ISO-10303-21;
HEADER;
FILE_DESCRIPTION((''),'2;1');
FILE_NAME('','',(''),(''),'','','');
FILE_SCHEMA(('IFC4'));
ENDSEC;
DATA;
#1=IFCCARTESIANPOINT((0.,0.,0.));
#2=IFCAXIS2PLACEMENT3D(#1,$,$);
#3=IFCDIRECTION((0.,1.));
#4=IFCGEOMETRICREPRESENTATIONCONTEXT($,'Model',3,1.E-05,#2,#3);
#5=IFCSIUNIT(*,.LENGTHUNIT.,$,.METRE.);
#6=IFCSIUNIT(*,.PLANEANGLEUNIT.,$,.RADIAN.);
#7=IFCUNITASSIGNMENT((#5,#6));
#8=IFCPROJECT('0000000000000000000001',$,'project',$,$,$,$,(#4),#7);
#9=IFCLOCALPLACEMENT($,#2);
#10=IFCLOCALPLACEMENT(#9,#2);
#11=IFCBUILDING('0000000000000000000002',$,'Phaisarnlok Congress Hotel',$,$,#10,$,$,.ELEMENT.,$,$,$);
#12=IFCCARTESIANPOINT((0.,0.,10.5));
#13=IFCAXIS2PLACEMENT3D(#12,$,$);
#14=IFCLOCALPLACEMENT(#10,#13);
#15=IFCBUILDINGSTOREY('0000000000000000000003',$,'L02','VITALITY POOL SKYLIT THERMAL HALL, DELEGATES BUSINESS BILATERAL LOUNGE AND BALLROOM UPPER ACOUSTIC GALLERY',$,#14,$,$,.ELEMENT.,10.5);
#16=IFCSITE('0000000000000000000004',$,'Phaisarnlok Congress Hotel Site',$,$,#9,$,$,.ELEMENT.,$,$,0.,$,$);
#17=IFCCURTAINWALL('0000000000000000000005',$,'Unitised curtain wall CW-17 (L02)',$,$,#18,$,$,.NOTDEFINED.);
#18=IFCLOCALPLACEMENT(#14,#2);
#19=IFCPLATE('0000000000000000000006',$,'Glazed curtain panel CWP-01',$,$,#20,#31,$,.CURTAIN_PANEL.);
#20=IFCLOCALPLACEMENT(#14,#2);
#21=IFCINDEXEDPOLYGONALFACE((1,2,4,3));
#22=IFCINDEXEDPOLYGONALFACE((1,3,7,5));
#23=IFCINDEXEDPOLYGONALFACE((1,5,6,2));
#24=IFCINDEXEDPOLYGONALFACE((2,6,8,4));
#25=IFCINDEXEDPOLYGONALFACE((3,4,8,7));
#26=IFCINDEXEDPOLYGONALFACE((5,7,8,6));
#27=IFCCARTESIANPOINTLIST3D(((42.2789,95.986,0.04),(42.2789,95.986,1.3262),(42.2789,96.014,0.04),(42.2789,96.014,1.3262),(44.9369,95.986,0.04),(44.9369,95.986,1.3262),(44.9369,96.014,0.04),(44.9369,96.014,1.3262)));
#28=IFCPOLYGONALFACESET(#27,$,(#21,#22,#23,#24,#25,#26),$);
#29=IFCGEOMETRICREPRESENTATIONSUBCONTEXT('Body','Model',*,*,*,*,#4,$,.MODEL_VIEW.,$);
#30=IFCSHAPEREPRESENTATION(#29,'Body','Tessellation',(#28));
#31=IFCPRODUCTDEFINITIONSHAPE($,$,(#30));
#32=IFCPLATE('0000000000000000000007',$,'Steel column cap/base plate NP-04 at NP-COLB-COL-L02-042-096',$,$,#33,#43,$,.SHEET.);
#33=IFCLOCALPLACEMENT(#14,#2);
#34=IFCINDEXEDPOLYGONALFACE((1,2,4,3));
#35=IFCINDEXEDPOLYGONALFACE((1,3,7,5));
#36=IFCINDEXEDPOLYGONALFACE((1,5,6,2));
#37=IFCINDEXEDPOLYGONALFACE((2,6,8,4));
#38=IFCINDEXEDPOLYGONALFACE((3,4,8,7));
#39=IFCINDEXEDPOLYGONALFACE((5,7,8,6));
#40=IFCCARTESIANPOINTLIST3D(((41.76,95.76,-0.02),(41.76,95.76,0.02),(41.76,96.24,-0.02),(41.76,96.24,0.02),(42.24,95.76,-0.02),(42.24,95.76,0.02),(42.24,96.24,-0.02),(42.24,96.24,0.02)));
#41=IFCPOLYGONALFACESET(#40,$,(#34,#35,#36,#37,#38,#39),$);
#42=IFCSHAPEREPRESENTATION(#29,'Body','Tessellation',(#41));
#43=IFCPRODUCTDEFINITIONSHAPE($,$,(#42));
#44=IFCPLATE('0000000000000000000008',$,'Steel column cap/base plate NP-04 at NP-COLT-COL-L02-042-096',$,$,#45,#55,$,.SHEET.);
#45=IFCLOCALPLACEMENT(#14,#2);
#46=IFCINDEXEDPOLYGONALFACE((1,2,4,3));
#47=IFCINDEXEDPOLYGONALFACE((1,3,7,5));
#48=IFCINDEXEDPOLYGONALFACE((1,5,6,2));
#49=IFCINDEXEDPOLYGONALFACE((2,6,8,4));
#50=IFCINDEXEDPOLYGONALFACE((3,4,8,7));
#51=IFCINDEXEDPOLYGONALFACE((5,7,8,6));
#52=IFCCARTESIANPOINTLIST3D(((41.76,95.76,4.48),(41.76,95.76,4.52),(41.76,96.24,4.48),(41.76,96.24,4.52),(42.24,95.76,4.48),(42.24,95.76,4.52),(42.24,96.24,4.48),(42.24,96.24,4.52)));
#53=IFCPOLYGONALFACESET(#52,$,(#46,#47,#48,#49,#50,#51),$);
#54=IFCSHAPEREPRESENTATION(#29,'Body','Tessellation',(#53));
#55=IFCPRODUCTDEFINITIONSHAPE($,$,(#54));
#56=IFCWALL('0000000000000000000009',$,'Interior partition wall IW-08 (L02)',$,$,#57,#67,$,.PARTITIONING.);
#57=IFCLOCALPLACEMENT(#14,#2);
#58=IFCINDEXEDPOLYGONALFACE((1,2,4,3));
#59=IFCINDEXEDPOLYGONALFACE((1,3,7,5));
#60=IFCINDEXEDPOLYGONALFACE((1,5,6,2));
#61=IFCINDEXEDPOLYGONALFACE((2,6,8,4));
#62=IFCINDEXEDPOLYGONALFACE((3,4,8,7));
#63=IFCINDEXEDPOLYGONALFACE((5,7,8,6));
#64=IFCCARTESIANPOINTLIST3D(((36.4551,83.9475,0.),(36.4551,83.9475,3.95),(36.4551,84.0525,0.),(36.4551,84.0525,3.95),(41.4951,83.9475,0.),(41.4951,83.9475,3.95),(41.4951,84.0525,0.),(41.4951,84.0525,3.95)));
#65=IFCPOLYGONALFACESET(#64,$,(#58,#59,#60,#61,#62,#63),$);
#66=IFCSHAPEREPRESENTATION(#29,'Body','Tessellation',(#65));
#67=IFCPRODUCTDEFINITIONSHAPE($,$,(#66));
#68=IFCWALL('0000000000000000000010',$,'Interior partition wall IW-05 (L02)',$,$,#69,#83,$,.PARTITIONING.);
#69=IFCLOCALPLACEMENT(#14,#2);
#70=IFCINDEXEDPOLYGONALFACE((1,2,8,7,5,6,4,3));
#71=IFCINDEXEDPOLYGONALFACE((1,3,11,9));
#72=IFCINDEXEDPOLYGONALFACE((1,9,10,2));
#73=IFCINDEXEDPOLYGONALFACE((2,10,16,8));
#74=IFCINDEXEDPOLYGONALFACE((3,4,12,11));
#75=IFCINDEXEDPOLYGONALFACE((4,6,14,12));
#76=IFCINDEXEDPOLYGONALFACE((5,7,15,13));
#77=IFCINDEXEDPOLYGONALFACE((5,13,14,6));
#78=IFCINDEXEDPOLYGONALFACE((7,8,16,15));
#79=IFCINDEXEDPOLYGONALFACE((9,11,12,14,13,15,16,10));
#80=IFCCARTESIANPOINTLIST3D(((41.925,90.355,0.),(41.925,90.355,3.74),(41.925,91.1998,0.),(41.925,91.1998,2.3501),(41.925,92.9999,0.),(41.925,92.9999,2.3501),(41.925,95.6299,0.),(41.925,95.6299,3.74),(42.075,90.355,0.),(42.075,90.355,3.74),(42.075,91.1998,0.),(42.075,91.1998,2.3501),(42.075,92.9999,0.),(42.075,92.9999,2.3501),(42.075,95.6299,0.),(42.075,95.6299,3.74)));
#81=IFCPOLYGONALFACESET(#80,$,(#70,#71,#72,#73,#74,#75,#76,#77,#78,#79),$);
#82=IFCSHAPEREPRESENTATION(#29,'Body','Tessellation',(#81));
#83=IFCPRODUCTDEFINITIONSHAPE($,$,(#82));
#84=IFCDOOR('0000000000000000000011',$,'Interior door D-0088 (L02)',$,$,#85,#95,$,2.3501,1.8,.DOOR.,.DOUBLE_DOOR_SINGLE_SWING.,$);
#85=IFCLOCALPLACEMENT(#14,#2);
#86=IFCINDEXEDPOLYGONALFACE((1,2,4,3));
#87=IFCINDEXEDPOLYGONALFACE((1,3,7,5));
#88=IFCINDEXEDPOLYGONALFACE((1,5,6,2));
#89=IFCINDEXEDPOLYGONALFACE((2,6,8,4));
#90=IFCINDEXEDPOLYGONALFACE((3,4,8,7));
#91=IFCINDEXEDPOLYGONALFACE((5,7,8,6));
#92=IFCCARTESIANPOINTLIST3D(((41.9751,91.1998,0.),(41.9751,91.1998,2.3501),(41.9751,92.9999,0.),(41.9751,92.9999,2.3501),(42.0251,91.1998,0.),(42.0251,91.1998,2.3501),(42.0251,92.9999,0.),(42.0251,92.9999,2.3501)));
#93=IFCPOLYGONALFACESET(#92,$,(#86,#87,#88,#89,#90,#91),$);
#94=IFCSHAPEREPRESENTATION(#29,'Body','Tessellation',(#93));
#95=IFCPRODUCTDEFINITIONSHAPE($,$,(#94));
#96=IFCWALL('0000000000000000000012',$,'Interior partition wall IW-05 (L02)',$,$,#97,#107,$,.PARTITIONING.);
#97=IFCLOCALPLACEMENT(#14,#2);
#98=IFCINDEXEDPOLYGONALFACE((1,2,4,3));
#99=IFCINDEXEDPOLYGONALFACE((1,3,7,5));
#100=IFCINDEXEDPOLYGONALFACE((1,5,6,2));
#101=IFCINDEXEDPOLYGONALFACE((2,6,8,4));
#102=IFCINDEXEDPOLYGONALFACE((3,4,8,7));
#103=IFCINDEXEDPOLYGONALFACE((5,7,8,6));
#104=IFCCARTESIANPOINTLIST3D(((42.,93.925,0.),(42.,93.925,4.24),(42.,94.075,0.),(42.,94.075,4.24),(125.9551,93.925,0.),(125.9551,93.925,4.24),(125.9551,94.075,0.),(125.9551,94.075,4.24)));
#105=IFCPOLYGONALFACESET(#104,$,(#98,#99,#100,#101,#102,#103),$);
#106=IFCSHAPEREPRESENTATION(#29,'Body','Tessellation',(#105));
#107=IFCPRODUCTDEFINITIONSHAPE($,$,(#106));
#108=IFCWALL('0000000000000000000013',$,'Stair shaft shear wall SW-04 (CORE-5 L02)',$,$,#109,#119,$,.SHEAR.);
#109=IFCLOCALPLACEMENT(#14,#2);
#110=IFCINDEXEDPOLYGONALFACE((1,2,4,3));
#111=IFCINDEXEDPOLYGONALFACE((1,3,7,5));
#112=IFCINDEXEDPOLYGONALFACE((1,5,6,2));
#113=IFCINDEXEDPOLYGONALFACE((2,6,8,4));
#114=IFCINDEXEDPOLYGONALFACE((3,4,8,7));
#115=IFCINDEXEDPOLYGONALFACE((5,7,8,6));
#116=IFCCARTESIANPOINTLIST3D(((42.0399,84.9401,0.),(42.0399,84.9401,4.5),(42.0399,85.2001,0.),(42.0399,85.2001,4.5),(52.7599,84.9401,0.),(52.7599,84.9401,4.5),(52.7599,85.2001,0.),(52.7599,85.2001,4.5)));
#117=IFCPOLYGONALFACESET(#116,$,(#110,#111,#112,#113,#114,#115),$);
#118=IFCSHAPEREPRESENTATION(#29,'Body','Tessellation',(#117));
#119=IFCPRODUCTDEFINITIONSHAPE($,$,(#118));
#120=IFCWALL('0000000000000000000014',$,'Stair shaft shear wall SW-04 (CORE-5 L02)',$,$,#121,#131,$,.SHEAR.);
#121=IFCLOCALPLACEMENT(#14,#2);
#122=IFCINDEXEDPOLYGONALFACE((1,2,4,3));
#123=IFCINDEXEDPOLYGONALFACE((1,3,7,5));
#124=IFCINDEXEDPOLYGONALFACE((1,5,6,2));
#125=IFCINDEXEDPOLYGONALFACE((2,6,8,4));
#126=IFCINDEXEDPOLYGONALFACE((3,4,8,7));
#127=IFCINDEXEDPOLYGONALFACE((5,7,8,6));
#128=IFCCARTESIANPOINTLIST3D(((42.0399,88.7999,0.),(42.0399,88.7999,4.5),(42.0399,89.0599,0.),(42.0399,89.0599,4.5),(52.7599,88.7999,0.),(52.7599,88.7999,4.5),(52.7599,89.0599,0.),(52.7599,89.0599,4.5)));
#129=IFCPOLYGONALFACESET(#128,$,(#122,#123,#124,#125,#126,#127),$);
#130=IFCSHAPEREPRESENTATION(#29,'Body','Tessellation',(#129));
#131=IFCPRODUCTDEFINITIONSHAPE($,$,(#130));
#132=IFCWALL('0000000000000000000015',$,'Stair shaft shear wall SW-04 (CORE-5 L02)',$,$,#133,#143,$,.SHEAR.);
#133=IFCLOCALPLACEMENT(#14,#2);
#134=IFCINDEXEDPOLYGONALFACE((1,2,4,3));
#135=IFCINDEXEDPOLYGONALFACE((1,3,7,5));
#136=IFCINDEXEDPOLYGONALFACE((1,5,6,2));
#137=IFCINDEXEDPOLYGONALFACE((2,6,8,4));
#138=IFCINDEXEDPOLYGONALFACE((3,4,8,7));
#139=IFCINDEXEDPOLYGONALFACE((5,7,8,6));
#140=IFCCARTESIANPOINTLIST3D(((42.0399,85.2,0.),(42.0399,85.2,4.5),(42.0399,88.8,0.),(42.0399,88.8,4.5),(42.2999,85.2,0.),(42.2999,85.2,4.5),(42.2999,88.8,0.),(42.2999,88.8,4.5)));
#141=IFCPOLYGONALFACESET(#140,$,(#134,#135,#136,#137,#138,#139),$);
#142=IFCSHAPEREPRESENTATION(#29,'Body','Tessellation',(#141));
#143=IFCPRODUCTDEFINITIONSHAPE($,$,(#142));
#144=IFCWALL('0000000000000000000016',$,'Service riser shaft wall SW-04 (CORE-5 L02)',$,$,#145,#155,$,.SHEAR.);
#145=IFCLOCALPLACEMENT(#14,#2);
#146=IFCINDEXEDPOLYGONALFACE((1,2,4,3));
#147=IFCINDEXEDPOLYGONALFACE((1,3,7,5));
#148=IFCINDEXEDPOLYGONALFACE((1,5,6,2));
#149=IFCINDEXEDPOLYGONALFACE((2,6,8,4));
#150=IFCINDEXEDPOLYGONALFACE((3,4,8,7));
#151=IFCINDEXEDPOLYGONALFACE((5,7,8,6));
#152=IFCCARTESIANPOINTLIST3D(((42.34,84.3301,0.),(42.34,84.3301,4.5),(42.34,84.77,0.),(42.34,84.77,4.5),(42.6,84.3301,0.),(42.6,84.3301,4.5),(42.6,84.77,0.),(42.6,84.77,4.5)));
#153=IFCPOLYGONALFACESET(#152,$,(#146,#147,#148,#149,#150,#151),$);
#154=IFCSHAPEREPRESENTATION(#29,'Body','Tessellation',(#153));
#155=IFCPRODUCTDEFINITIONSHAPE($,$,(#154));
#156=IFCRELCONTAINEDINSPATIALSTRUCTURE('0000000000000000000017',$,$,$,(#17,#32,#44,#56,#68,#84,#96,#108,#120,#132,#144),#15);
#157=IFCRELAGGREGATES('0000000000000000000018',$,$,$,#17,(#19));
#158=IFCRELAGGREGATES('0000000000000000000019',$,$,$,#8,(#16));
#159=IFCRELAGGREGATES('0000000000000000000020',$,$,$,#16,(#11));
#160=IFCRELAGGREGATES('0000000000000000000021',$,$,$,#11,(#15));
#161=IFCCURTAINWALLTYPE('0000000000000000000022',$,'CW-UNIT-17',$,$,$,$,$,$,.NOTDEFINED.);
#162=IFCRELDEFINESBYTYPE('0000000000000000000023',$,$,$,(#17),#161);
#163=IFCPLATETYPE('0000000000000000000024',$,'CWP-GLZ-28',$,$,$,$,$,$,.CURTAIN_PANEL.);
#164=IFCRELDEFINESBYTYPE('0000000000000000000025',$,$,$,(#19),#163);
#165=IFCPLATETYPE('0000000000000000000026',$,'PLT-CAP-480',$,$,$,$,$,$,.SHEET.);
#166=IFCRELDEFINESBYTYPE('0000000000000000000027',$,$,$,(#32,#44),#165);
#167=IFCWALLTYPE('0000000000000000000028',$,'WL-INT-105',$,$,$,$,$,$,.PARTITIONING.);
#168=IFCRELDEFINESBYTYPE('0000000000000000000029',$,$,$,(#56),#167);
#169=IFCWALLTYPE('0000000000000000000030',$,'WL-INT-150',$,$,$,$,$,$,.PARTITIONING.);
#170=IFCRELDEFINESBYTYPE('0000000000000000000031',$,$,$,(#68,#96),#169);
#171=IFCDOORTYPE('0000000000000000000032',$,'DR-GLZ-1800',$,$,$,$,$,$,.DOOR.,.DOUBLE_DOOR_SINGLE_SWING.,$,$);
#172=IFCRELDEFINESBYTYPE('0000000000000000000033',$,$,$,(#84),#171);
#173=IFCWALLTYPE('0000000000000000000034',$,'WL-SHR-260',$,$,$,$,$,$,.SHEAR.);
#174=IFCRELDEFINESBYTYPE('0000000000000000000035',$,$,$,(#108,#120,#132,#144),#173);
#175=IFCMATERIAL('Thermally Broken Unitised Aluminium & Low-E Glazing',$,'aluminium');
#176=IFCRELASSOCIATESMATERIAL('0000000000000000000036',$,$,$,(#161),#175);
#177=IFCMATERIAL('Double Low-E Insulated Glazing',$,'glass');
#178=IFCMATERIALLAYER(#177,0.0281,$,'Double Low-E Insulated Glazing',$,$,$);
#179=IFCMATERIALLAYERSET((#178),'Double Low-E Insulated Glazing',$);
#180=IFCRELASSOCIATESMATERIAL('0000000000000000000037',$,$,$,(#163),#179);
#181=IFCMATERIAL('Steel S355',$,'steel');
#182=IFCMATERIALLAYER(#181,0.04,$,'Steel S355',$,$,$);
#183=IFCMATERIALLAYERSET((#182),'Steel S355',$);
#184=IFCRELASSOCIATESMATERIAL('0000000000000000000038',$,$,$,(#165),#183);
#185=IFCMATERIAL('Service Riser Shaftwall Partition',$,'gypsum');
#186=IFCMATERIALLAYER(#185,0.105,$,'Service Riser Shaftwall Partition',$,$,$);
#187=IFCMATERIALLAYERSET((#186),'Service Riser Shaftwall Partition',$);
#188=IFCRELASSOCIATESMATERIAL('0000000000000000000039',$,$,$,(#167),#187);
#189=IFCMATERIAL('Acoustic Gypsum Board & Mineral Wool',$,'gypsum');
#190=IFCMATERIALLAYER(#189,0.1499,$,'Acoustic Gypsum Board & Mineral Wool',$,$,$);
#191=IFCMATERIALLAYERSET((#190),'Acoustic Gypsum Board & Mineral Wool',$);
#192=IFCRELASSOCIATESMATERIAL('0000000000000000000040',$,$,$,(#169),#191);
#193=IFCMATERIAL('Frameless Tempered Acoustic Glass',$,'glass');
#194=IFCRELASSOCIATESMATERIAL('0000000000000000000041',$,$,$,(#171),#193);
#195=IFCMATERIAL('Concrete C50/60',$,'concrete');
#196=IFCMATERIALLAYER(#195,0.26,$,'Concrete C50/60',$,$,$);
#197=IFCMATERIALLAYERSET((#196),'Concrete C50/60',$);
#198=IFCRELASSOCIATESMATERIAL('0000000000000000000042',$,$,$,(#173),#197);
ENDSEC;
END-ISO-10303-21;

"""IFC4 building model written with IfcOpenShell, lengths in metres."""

from ifc_helpers import new_model, si_unit, direction, frame, frame_2d, origin, origin_2d, place, context, subcontext, project, spatial, rectangle, extrude, material, layer, layer_set, type_object, element, fill, aggregate, save


model = new_model("IFC4")

# Units and contexts
model_context = context("Model", 3, precision=1e-05, world=origin(), true_north=direction((0.0, 1.0)))
body_context = subcontext(model_context, "Body", "Model", "MODEL_VIEW")
ifc_project = project(units=[si_unit("LENGTHUNIT", "METRE"), si_unit("PLANEANGLEUNIT", "RADIAN")], contexts=[model_context])

# Site, building, storey
site_placement = place(None, origin())
site = spatial("IfcSite", under=ifc_project, at=site_placement, Name="Phaisarnlok Congress Hotel Site", CompositionType="ELEMENT", RefElevation=0.0)
building_placement = place(site_placement, origin())
building = spatial("IfcBuilding", under=site, at=building_placement, Name="Phaisarnlok Congress Hotel", CompositionType="ELEMENT")
storey_placement = place(building_placement, frame((0.0, 0.0, 10.5)))
storey = spatial("IfcBuildingStorey", under=building, at=storey_placement, Name="L02", Description="VITALITY POOL SKYLIT THERMAL HALL, DELEGATES BUSINESS BILATERAL LOUNGE AND BALLROOM UPPER ACOUSTIC GALLERY", CompositionType="ELEMENT", Elevation=10.5)

# Shared definitions
ifc_material_1 = material(Name="Concrete C50/60", Category="concrete")
ifc_material_2 = material(Name="Steel S355", Category="steel")

# Curtain wall
ifc_material_3 = material(Name="Thermally Broken Unitised Aluminium & Low-E Glazing", Category="aluminium")
curtain_wall_type = type_object("IfcCurtainWallType", Name="CW-UNIT-17", PredefinedType="NOTDEFINED", material=ifc_material_3)
curtain_wall_placement = place(storey_placement, origin())
curtain_wall = element("IfcCurtainWall", 1, at=curtain_wall_placement, inside=storey, type_object=curtain_wall_type, Name="Unitised curtain wall CW-17 (L02)", PredefinedType="NOTDEFINED")

# Plate
ifc_material_4 = material(Name="Double Low-E Insulated Glazing", Category="glass")
ifc_layer_1 = layer(ifc_material_4, 0.0281, Name="Double Low-E Insulated Glazing")
ifc_layer_set_1 = layer_set([ifc_layer_1], Name="Double Low-E Insulated Glazing")
plate_type_1 = type_object("IfcPlateType", Name="CWP-GLZ-28", PredefinedType="CURTAIN_PANEL", material=ifc_layer_set_1)
plate_placement = place(storey_placement, frame((44.937, 96.0, 0.04), z_axis=(0.0, 0.0, 1.0), x_axis=(-1.0, 0.0, 0.0)))
plate = element("IfcPlate", 2, at=plate_placement, type_object=plate_type_1, Name="Glazed curtain panel CWP-01", PredefinedType="CURTAIN_PANEL", context=body_context, shape_type="SweptSolid", body=[
    extrude(rectangle(XDim=2.658, YDim=0.0281, at=frame_2d((1.3291, 0.0))), origin(), (0.0, 0.0, 1.0), 1.2861),
])
aggregate(curtain_wall, [plate])

# Plates
ifc_layer_2 = layer(ifc_material_2, 0.04, Name="Steel S355")
ifc_layer_set_2 = layer_set([ifc_layer_2], Name="Steel S355")
plate_type_2 = type_object("IfcPlateType", Name="PLT-CAP-480", PredefinedType="SHEET", material=ifc_layer_set_2)
for number, where, z_axis, x_axis, name in (
    (3, (42.0, 96.0, -0.02), (0.0, 0.0, 1.0), (1.0, 0.0, 0.0), "Steel column cap/base plate NP-04 at NP-COLB-COL-L02-042-096"),
    (4, (42.0, 96.0, 4.48), (0.0, 0.0, 1.0), (1.0, 0.0, 0.0), "Steel column cap/base plate NP-04 at NP-COLT-COL-L02-042-096"),
):
    element("IfcPlate", number, at=place(storey_placement, frame(where, z_axis=z_axis, x_axis=x_axis)), inside=storey, type_object=plate_type_2, Name=name, PredefinedType="SHEET", context=body_context, shape_type="SweptSolid", body=[
        extrude(rectangle(XDim=0.48, YDim=0.48, at=origin_2d()), origin(), (0.0, 0.0, 1.0), 0.04),
    ])

# Wall
ifc_material_5 = material(Name="Service Riser Shaftwall Partition", Category="gypsum")
ifc_layer_3 = layer(ifc_material_5, 0.105, Name="Service Riser Shaftwall Partition")
ifc_layer_set_3 = layer_set([ifc_layer_3], Name="Service Riser Shaftwall Partition")
wall_type_1 = type_object("IfcWallType", Name="WL-INT-105", PredefinedType="PARTITIONING", material=ifc_layer_set_3)
wall_1_placement = place(storey_placement, frame((36.4551, 84.0, 0.0), z_axis=(0.0, 0.0, 1.0), x_axis=(1.0, 0.0, 0.0)))
element("IfcWall", 5, at=wall_1_placement, inside=storey, type_object=wall_type_1, Name="Interior partition wall IW-08 (L02)", PredefinedType="PARTITIONING", context=body_context, shape_type="SweptSolid", body=[
    extrude(rectangle(XDim=5.04, YDim=0.105, at=frame_2d((2.52, 0.0))), origin(), (0.0, 0.0, 1.0), 3.95),
])

# Wall, opening, door
ifc_material_6 = material(Name="Acoustic Gypsum Board & Mineral Wool", Category="gypsum")
ifc_layer_4 = layer(ifc_material_6, 0.1499, Name="Acoustic Gypsum Board & Mineral Wool")
ifc_layer_set_4 = layer_set([ifc_layer_4], Name="Acoustic Gypsum Board & Mineral Wool")
wall_type_2 = type_object("IfcWallType", Name="WL-INT-150", PredefinedType="PARTITIONING", material=ifc_layer_set_4)
wall_2_placement = place(storey_placement, frame((42.0, 90.355, 0.0), z_axis=(0.0, 0.0, 1.0), x_axis=(0.0, 1.0, 0.0)))
wall_2 = element("IfcWall", 6, at=wall_2_placement, inside=storey, type_object=wall_type_2, Name="Interior partition wall IW-05 (L02)", PredefinedType="PARTITIONING", context=body_context, shape_type="SweptSolid", body=[
    extrude(rectangle(XDim=5.2749, YDim=0.1499, at=frame_2d((2.6375, 0.0))), origin(), (0.0, 0.0, 1.0), 3.74),
])
opening_placement = place(wall_2_placement, frame((0.845, 0.0, 0.0)))
opening = element("IfcOpeningElement", 7, at=opening_placement, cuts=wall_2, PredefinedType="OPENING", context=body_context, shape_type="SweptSolid", body=[
    extrude(rectangle(XDim=1.8, YDim=2.3501, at=frame_2d((0.8999, 1.175))), frame((0.0, 0.085, 0.0), z_axis=(0.0, -1.0, 0.0), x_axis=(1.0, 0.0, 0.0)), (0.0, 0.0, 1.0), 0.1699),
])
ifc_material_7 = material(Name="Frameless Tempered Acoustic Glass", Category="glass")
door_type = type_object("IfcDoorType", Name="DR-GLZ-1800", OperationType="DOUBLE_DOOR_SINGLE_SWING", PredefinedType="DOOR", material=ifc_material_7)
door_placement = place(opening_placement, origin())
door = element("IfcDoor", 8, at=door_placement, inside=storey, type_object=door_type, Name="Interior door D-0088 (L02)", OperationType="DOUBLE_DOOR_SINGLE_SWING", OverallHeight=2.3501, OverallWidth=1.8, PredefinedType="DOOR", context=body_context, shape_type="SweptSolid", body=[
    extrude(rectangle(XDim=1.8, YDim=2.3501, at=frame_2d((0.8999, 1.175))), frame((0.0, 0.0249, 0.0), z_axis=(0.0, -1.0, 0.0), x_axis=(1.0, 0.0, 0.0)), (0.0, 0.0, 1.0), 0.05),
])
fill(opening, door)

# Walls
wall_3_placement = place(storey_placement, frame((42.0, 94.0, 0.0), z_axis=(0.0, 0.0, 1.0), x_axis=(1.0, 0.0, 0.0)))
element("IfcWall", 9, at=wall_3_placement, inside=storey, type_object=wall_type_2, Name="Interior partition wall IW-05 (L02)", PredefinedType="PARTITIONING", context=body_context, shape_type="SweptSolid", body=[
    extrude(rectangle(XDim=83.9551, YDim=0.1499, at=frame_2d((41.9775, 0.0))), origin(), (0.0, 0.0, 1.0), 4.24),
])
ifc_layer_5 = layer(ifc_material_1, 0.26, Name="Concrete C50/60")
ifc_layer_set_5 = layer_set([ifc_layer_5], Name="Concrete C50/60")
wall_type_3 = type_object("IfcWallType", Name="WL-SHR-260", PredefinedType="SHEAR", material=ifc_layer_set_5)
for number, where, z_axis, x_axis, name in (
    (10, (42.04, 85.0701, 0.0), (0.0, 0.0, 1.0), (1.0, 0.0, 0.0), "Stair shaft shear wall SW-04 (CORE-5 L02)"),
    (11, (42.04, 88.9299, 0.0), (0.0, 0.0, 1.0), (1.0, 0.0, 0.0), "Stair shaft shear wall SW-04 (CORE-5 L02)"),
):
    element("IfcWall", number, at=place(storey_placement, frame(where, z_axis=z_axis, x_axis=x_axis)), inside=storey, type_object=wall_type_3, Name=name, PredefinedType="SHEAR", context=body_context, shape_type="SweptSolid", body=[
        extrude(rectangle(XDim=10.72, YDim=0.26, at=frame_2d((5.3599, 0.0))), origin(), (0.0, 0.0, 1.0), 4.5),
    ])
wall_4_placement = place(storey_placement, frame((42.1699, 85.2, 0.0), z_axis=(0.0, 0.0, 1.0), x_axis=(0.0, 1.0, 0.0)))
element("IfcWall", 12, at=wall_4_placement, inside=storey, type_object=wall_type_3, Name="Stair shaft shear wall SW-04 (CORE-5 L02)", PredefinedType="SHEAR", context=body_context, shape_type="SweptSolid", body=[
    extrude(rectangle(XDim=3.6001, YDim=0.26, at=frame_2d((1.8, 0.0))), origin(), (0.0, 0.0, 1.0), 4.5),
])
wall_5_placement = place(storey_placement, frame((42.47, 84.3301, 0.0), z_axis=(0.0, 0.0, 1.0), x_axis=(0.0, 1.0, 0.0)))
element("IfcWall", 13, at=wall_5_placement, inside=storey, type_object=wall_type_3, Name="Service riser shaft wall SW-04 (CORE-5 L02)", PredefinedType="SHEAR", context=body_context, shape_type="SweptSolid", body=[
    extrude(rectangle(XDim=0.4399, YDim=0.26, at=frame_2d((0.22, 0.0))), origin(), (0.0, 0.0, 1.0), 4.5),
])

save(model, "model.ifc")
